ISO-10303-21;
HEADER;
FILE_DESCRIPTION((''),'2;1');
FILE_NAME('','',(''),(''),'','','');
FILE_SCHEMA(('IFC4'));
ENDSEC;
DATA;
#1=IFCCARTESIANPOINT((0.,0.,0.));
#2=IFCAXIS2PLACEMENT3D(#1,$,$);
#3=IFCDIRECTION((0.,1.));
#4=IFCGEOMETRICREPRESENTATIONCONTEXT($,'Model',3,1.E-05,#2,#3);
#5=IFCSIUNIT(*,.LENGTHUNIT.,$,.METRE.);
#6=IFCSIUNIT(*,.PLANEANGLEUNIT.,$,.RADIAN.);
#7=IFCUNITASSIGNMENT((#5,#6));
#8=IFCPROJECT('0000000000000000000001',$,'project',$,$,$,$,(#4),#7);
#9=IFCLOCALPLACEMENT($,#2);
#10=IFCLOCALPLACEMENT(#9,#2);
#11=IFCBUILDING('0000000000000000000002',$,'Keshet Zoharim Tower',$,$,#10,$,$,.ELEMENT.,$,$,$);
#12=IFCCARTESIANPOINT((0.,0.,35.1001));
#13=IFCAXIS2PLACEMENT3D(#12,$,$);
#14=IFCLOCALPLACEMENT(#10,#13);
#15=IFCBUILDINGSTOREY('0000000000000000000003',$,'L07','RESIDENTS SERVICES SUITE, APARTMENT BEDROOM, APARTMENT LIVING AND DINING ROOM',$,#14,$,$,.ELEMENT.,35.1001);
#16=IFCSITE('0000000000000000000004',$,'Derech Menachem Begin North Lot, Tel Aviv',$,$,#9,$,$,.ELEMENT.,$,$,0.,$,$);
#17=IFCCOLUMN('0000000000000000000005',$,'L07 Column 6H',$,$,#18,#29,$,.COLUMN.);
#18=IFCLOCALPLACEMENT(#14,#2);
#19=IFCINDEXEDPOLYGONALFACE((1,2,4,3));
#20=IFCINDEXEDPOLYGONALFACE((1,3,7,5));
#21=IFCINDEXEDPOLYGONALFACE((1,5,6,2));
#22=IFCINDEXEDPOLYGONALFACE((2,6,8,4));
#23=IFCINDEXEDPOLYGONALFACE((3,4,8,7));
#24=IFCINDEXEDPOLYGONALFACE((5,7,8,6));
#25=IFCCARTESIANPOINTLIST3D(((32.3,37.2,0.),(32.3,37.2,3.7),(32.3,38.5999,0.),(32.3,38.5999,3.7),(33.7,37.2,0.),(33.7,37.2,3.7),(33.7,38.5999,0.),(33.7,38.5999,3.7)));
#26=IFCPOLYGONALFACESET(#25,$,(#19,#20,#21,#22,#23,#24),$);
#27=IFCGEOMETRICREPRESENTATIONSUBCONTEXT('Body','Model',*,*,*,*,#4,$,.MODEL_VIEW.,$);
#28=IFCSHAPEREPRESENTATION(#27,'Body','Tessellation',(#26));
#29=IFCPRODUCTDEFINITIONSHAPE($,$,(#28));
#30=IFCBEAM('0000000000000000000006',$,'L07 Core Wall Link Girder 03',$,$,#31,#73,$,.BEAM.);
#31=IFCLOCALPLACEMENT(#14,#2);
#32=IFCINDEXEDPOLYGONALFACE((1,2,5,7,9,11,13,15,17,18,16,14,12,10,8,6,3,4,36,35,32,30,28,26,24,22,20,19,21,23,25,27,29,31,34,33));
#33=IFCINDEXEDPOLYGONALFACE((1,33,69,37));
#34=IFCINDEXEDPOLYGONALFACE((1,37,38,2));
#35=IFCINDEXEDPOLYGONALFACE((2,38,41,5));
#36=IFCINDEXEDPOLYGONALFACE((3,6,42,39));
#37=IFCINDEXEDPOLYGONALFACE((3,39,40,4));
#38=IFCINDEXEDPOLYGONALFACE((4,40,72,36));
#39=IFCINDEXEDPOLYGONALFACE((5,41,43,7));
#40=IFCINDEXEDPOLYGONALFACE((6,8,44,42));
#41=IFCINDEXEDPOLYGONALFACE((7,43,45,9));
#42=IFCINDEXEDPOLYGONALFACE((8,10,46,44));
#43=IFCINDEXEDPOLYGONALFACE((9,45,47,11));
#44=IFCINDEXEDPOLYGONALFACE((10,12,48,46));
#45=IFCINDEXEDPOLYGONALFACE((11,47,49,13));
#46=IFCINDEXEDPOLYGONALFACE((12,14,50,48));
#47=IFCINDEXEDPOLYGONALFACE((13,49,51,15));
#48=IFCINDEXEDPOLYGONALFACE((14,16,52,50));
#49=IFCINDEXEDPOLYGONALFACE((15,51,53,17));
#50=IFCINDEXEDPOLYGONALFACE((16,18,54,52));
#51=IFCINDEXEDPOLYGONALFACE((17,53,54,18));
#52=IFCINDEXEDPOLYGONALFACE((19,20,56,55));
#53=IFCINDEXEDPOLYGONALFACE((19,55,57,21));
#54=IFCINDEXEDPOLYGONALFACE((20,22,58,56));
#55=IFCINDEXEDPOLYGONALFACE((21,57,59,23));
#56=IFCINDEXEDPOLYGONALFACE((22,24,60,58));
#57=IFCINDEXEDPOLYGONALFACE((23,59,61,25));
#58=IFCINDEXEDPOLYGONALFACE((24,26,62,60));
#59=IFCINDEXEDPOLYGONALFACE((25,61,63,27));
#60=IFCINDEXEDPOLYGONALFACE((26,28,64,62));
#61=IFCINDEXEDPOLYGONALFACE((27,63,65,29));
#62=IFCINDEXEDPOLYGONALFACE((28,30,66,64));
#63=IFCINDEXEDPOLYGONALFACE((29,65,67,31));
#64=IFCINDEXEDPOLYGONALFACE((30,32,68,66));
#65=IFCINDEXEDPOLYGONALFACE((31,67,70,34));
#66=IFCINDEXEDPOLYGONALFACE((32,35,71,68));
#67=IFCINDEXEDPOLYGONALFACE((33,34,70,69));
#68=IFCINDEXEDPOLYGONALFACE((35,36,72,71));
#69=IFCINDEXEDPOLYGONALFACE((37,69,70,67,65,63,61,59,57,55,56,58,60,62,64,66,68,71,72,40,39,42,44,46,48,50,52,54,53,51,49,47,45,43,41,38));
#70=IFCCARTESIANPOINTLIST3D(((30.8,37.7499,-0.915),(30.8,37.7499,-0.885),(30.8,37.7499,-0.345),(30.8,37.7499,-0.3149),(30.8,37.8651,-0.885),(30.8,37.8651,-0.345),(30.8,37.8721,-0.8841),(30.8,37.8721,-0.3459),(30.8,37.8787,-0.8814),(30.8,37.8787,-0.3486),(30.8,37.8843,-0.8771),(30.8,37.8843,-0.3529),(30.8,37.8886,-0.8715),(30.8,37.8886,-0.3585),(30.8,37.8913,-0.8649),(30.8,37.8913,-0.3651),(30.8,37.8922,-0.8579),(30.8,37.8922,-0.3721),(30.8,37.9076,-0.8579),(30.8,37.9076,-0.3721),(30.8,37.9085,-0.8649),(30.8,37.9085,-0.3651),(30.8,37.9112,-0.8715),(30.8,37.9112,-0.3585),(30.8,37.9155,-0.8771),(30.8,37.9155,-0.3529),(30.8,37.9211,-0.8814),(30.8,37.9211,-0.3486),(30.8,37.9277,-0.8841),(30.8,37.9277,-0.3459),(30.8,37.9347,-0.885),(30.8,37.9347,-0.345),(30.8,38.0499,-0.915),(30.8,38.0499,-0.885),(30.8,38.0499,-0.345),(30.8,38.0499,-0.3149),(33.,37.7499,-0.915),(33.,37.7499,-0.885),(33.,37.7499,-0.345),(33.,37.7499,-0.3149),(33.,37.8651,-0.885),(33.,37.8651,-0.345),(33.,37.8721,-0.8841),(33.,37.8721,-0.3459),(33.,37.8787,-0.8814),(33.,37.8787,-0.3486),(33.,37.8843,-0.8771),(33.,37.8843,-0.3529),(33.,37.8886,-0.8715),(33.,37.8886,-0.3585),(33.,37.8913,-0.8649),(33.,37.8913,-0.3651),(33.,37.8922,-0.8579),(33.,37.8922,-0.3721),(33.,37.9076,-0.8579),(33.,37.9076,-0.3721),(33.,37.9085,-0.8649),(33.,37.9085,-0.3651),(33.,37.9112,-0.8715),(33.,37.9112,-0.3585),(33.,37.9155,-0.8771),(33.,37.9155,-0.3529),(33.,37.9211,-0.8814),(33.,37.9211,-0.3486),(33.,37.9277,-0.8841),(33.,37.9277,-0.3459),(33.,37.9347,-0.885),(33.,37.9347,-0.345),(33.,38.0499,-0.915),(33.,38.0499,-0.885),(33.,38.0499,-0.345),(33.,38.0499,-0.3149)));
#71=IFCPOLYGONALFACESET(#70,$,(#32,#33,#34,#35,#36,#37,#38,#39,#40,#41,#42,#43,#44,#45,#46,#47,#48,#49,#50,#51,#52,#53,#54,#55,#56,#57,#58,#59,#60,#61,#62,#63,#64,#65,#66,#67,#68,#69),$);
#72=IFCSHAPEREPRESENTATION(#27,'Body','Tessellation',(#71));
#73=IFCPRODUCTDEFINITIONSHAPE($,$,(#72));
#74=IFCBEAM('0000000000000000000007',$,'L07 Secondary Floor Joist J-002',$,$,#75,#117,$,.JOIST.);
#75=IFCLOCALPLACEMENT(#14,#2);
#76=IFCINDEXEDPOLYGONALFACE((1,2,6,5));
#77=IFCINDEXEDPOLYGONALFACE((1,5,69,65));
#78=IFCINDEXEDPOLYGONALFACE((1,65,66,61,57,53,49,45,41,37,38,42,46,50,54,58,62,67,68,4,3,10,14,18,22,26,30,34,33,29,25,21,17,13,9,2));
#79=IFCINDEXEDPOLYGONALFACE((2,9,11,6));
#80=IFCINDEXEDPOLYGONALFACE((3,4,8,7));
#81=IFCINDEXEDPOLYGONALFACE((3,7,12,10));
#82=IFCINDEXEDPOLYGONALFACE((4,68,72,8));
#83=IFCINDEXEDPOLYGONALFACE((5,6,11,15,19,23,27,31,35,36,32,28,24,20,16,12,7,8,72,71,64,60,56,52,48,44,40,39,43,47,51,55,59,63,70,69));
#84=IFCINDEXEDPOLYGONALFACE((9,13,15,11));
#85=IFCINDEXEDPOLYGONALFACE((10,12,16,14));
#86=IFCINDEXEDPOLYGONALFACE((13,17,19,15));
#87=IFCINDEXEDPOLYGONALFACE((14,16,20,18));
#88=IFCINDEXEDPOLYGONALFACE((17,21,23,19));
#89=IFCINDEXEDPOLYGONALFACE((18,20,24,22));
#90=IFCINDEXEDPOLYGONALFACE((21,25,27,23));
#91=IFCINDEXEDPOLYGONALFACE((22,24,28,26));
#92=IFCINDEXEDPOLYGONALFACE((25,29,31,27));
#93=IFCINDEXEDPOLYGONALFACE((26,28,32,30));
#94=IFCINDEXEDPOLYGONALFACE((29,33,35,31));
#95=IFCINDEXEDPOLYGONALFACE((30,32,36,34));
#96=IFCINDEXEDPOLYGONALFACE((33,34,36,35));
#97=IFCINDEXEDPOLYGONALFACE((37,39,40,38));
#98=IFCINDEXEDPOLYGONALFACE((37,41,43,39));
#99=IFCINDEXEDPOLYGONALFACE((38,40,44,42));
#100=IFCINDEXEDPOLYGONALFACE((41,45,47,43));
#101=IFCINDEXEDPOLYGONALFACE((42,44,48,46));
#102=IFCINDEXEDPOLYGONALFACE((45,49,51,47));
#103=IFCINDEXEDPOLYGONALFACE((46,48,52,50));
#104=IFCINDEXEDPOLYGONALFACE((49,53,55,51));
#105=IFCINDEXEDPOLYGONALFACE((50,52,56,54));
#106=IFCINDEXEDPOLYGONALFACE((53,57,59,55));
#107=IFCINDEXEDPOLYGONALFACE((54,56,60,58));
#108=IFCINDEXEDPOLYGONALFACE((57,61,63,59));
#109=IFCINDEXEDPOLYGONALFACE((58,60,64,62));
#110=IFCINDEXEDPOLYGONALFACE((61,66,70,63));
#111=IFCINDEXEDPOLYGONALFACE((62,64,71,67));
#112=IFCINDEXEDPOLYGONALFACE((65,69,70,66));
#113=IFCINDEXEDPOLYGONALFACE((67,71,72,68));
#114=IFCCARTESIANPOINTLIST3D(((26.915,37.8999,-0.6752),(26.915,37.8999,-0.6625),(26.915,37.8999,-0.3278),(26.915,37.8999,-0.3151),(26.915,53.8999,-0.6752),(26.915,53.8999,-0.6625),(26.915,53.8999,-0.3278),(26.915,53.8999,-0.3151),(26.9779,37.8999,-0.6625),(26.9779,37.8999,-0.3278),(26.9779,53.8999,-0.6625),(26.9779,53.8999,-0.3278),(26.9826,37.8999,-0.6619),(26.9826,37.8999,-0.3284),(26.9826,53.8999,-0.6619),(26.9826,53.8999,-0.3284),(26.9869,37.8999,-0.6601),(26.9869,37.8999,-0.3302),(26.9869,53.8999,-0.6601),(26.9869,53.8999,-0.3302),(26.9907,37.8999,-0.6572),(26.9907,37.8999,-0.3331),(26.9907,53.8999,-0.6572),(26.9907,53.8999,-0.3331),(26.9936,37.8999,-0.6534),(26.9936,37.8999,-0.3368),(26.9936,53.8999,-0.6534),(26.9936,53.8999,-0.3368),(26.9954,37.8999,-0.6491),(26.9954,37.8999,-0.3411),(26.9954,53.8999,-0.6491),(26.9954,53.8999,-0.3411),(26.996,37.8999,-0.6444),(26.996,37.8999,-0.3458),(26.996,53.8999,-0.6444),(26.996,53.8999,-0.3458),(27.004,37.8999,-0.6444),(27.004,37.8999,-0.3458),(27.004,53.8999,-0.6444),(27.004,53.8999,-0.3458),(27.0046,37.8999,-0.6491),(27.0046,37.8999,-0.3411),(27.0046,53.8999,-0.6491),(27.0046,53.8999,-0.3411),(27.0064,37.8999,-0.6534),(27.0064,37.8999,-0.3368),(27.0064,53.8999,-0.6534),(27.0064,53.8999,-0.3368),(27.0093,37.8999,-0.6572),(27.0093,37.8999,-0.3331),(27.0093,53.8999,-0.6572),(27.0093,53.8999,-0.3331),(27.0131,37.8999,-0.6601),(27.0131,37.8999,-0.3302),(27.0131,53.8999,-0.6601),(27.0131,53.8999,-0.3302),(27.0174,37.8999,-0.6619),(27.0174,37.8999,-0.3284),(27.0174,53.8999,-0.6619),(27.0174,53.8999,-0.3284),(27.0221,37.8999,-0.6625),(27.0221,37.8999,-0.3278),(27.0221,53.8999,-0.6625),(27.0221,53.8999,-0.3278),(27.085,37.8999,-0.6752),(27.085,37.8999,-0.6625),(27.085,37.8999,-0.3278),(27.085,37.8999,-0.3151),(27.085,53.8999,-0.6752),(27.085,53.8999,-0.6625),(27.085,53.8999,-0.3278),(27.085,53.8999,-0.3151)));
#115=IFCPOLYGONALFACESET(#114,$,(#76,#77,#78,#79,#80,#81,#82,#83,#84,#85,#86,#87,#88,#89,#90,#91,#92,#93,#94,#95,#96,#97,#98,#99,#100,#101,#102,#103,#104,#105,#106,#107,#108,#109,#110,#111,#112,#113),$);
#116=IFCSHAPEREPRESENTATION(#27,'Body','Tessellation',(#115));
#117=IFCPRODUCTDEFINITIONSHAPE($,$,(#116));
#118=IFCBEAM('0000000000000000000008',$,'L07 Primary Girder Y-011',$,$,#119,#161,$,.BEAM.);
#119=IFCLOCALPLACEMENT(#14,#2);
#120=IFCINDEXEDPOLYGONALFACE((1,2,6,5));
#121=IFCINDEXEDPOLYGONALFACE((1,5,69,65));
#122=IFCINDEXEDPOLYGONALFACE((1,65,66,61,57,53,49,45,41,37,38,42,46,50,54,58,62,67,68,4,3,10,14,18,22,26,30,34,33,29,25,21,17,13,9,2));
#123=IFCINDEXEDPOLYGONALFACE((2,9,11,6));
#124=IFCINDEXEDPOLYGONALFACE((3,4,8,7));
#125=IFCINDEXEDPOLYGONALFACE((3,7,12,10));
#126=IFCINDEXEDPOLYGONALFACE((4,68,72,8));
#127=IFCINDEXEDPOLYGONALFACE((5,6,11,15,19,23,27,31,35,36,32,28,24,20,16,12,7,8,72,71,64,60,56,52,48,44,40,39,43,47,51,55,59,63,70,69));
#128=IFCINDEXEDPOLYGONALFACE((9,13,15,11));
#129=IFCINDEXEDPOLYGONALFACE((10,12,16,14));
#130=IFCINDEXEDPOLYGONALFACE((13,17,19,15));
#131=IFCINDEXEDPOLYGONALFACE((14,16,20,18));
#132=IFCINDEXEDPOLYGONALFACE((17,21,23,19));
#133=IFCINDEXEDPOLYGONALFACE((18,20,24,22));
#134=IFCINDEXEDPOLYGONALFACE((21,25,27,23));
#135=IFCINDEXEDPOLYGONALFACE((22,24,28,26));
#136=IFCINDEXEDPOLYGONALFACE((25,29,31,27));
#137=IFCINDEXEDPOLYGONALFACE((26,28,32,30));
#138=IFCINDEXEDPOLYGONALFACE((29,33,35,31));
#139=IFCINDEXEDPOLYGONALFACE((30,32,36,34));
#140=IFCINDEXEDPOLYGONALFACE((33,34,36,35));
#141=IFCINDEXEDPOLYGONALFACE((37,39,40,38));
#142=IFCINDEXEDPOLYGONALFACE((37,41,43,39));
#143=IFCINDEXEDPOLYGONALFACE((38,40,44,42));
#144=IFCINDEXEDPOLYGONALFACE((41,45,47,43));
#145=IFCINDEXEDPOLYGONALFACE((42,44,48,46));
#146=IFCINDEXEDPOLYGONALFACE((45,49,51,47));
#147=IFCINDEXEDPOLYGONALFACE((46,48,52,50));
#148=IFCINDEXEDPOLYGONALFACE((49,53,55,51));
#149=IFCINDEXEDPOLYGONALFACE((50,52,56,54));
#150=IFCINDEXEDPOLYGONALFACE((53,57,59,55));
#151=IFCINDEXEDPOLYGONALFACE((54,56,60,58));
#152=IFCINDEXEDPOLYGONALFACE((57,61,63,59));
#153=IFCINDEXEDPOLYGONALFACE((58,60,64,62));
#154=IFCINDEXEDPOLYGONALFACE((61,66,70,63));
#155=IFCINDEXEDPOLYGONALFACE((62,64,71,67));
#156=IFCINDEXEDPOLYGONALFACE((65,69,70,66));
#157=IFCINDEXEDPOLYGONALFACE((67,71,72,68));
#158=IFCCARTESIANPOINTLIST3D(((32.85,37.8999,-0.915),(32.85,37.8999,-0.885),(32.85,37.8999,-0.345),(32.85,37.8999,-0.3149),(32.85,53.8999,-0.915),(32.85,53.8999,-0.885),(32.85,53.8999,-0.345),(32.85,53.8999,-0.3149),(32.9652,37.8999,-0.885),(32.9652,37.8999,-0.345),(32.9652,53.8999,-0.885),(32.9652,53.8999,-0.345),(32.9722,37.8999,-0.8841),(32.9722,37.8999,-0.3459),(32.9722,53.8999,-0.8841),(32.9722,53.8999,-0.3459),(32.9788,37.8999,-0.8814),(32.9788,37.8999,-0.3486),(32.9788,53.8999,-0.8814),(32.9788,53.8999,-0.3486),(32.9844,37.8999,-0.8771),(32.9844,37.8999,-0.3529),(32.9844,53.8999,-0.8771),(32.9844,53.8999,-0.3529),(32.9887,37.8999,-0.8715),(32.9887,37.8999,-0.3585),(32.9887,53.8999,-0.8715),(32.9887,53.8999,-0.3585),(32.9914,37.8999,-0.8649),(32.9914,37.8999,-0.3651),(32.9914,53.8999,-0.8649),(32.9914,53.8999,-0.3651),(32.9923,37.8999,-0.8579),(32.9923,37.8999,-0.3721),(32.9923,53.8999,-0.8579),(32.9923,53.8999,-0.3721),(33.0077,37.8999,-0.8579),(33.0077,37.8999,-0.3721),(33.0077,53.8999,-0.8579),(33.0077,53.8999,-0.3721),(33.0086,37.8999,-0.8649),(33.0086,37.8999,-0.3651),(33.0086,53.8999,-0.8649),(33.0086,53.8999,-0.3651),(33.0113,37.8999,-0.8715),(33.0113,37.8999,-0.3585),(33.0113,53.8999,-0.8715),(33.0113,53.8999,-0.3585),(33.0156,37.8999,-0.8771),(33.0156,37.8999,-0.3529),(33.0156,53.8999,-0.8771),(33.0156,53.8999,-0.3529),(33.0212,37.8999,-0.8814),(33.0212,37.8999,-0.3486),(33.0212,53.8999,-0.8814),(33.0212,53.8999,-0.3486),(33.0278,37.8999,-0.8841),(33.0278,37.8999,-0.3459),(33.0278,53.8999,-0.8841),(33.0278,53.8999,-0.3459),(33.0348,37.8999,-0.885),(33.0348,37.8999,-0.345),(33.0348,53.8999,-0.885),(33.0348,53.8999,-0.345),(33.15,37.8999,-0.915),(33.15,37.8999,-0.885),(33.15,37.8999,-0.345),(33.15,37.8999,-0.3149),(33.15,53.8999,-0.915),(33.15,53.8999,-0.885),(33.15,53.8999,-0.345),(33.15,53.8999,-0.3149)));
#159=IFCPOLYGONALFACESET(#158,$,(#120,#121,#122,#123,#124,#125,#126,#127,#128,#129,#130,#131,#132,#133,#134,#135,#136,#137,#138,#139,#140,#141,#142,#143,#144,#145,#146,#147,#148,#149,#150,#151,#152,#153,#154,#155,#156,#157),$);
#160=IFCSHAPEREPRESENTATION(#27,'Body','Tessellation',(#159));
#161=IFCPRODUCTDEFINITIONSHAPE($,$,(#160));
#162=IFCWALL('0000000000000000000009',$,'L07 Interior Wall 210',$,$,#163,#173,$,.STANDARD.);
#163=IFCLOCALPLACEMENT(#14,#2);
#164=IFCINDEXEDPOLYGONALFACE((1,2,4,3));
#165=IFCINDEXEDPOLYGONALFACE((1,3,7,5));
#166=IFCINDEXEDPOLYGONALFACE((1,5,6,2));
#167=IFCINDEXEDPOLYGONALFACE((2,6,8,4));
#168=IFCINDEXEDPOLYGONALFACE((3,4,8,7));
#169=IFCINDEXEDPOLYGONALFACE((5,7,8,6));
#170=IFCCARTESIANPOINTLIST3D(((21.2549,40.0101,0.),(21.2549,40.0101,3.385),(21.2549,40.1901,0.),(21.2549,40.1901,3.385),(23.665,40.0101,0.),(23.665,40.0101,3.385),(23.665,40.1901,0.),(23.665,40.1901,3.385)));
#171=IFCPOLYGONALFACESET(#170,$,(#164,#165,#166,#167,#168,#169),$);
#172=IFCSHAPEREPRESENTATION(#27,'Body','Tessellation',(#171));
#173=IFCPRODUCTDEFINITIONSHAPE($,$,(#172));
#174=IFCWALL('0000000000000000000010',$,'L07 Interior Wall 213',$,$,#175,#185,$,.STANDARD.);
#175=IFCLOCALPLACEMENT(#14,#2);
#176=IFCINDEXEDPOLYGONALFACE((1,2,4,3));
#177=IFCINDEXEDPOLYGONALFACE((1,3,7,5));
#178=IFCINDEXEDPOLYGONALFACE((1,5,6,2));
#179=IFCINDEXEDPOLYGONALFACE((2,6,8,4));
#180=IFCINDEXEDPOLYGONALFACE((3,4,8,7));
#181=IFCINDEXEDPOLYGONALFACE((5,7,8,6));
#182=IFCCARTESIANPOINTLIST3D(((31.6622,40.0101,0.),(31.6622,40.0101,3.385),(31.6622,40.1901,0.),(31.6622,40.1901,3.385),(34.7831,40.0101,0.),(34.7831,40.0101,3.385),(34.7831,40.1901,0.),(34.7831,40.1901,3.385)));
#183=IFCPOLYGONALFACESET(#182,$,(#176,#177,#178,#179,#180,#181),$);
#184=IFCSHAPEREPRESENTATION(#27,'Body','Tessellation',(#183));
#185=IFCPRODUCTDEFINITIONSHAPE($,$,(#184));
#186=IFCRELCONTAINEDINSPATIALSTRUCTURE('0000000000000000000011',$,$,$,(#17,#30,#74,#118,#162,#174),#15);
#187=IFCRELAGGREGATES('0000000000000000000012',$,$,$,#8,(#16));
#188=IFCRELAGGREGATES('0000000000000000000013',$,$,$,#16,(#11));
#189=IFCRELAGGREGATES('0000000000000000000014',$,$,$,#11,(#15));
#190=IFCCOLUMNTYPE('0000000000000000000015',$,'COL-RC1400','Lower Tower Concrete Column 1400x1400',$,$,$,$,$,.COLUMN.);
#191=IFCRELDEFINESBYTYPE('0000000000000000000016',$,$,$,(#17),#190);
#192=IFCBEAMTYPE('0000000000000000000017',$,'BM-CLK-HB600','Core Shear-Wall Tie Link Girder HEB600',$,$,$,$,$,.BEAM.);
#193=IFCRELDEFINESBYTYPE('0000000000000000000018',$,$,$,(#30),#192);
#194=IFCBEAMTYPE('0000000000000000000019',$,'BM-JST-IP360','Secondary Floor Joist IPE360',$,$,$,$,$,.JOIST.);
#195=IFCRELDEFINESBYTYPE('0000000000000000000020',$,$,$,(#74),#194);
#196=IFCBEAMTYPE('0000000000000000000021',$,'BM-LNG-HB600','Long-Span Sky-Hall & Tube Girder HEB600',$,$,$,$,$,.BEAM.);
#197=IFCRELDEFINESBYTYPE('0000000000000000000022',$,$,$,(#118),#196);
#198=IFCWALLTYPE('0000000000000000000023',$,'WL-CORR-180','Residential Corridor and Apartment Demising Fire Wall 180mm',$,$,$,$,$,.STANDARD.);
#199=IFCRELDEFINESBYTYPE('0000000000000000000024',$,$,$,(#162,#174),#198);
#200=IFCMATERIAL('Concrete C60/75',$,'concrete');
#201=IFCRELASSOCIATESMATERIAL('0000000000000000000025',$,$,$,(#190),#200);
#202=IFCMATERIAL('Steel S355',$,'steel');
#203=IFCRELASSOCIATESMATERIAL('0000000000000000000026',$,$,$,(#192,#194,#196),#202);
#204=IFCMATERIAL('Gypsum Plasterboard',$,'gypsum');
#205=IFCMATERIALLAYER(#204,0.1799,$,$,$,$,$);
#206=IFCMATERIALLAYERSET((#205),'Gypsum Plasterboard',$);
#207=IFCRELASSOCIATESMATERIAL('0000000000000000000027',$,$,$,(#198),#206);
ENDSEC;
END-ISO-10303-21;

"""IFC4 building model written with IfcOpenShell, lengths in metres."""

from ifc_helpers import new_model, si_unit, direction, frame, frame_2d, origin, origin_2d, place, context, subcontext, project, spatial, rectangle, i_section, extrude, material, layer, layer_set, material_profile, profile_set, type_object, element, save


model = new_model("IFC4")

# Units and contexts
model_context = context("Model", 3, precision=1e-05, world=origin(), true_north=direction((0.0, 1.0)))
body_context = subcontext(model_context, "Body", "Model", "MODEL_VIEW")
ifc_project = project(units=[si_unit("LENGTHUNIT", "METRE"), si_unit("PLANEANGLEUNIT", "RADIAN")], contexts=[model_context])

# Site, building, storey
site_placement = place(None, origin())
site = spatial("IfcSite", under=ifc_project, at=site_placement, Name="Derech Menachem Begin North Lot, Tel Aviv", CompositionType="ELEMENT", RefElevation=0.0)
building_placement = place(site_placement, origin())
building = spatial("IfcBuilding", under=site, at=building_placement, Name="Keshet Zoharim Tower", CompositionType="ELEMENT")
storey_placement = place(building_placement, frame((0.0, 0.0, 35.1001)))
storey = spatial("IfcBuildingStorey", under=building, at=storey_placement, Name="L07", Description="RESIDENTS SERVICES SUITE, APARTMENT BEDROOM, APARTMENT LIVING AND DINING ROOM", CompositionType="ELEMENT", Elevation=35.1001)

# Column
ifc_material_1 = material(Name="Concrete C60/75", Category="concrete")
ifc_material_profile_1 = material_profile(ifc_material_1, rectangle(XDim=1.3999, YDim=1.3999, at=origin_2d()), Name="RC1400x1400")
ifc_profile_set_1 = profile_set([ifc_material_profile_1], Name="Concrete C60/75")
column_type = type_object("IfcColumnType", Name="COL-RC1400", Description="Lower Tower Concrete Column 1400x1400", PredefinedType="COLUMN", material=ifc_profile_set_1)
column_placement = place(storey_placement, frame((33.0, 37.8999, 0.0), z_axis=(0.0, 0.0, 1.0), x_axis=(1.0, 0.0, 0.0)))
element("IfcColumn", 1, at=column_placement, inside=storey, type_object=column_type, Name="L07 Column 6H", PredefinedType="COLUMN", context=body_context, shape_type="SweptSolid", body=[
    extrude(rectangle(XDim=1.3999, YDim=1.3999, at=origin_2d()), origin(), (0.0, 0.0, 1.0), 3.7),
])

# Beams
ifc_material_2 = material(Name="Steel S355", Category="steel")
ifc_material_profile_2 = material_profile(ifc_material_2, i_section(OverallWidth=0.3, OverallDepth=0.6001, WebThickness=0.0154, FlangeThickness=0.03, FilletRadius=0.0271, at=origin_2d()), Name="HEB600")
ifc_profile_set_2 = profile_set([ifc_material_profile_2], Name="Steel S355")
beam_type_1 = type_object("IfcBeamType", Name="BM-CLK-HB600", Description="Core Shear-Wall Tie Link Girder HEB600", PredefinedType="BEAM", material=ifc_profile_set_2)
beam_1_placement = place(storey_placement, frame((30.8, 37.8999, -0.615), z_axis=(1.0, 0.0, 0.0), x_axis=(0.0, 1.0, 0.0)))
element("IfcBeam", 2, at=beam_1_placement, inside=storey, type_object=beam_type_1, Name="L07 Core Wall Link Girder 03", PredefinedType="BEAM", context=body_context, shape_type="SweptSolid", body=[
    extrude(i_section(OverallWidth=0.3, OverallDepth=0.6001, WebThickness=0.0154, FlangeThickness=0.03, FilletRadius=0.0271, at=origin_2d()), origin(), (0.0, 0.0, 1.0), 2.2),
])
ifc_material_profile_3 = material_profile(ifc_material_2, i_section(OverallWidth=0.1699, OverallDepth=0.3601, WebThickness=0.0081, FlangeThickness=0.0127, FilletRadius=0.0181, at=origin_2d()), Name="IPE360")
ifc_profile_set_3 = profile_set([ifc_material_profile_3], Name="Steel S355")
beam_type_2 = type_object("IfcBeamType", Name="BM-JST-IP360", Description="Secondary Floor Joist IPE360", PredefinedType="JOIST", material=ifc_profile_set_3)
beam_2_placement = place(storey_placement, frame((27.0, 37.8999, -0.4951), z_axis=(0.0, 1.0, 0.0), x_axis=(-1.0, 0.0, 0.0)))
element("IfcBeam", 3, at=beam_2_placement, inside=storey, type_object=beam_type_2, Name="L07 Secondary Floor Joist J-002", PredefinedType="JOIST", context=body_context, shape_type="SweptSolid", body=[
    extrude(i_section(OverallWidth=0.1699, OverallDepth=0.3601, WebThickness=0.0081, FlangeThickness=0.0127, FilletRadius=0.0181, at=origin_2d()), origin(), (0.0, 0.0, 1.0), 16.0),
])
ifc_material_profile_4 = material_profile(ifc_material_2, i_section(OverallWidth=0.3, OverallDepth=0.6001, WebThickness=0.0154, FlangeThickness=0.03, FilletRadius=0.0271, at=origin_2d()), Name="HEB600")
ifc_profile_set_4 = profile_set([ifc_material_profile_4], Name="Steel S355")
beam_type_3 = type_object("IfcBeamType", Name="BM-LNG-HB600", Description="Long-Span Sky-Hall & Tube Girder HEB600", PredefinedType="BEAM", material=ifc_profile_set_4)
beam_3_placement = place(storey_placement, frame((33.0, 37.8999, -0.615), z_axis=(0.0, 1.0, 0.0), x_axis=(-1.0, 0.0, 0.0)))
element("IfcBeam", 4, at=beam_3_placement, inside=storey, type_object=beam_type_3, Name="L07 Primary Girder Y-011", PredefinedType="BEAM", context=body_context, shape_type="SweptSolid", body=[
    extrude(i_section(OverallWidth=0.3, OverallDepth=0.6001, WebThickness=0.0154, FlangeThickness=0.03, FilletRadius=0.0271, at=origin_2d()), origin(), (0.0, 0.0, 1.0), 16.0),
])

# Wall
ifc_material_3 = material(Name="Gypsum Plasterboard", Category="gypsum")
ifc_layer_1 = layer(ifc_material_3, 0.1799)
ifc_layer_set_1 = layer_set([ifc_layer_1], Name="Gypsum Plasterboard")
wall_type_1 = type_object("IfcWallType", Name="WL-CORR-180", Description="Residential Corridor and Apartment Demising Fire Wall 180mm", PredefinedType="STANDARD", material=ifc_layer_set_1)
wall_1_placement = place(storey_placement, frame((21.2549, 40.1001, 0.0), z_axis=(0.0, 0.0, 1.0), x_axis=(1.0, 0.0, 0.0)))
element("IfcWall", 5, at=wall_1_placement, inside=storey, type_object=wall_type_1, Name="L07 Interior Wall 210", PredefinedType="STANDARD", context=body_context, shape_type="SweptSolid", body=[
    extrude(rectangle(XDim=2.4102, YDim=0.1799, at=frame_2d((1.2051, 0.0))), origin(), (0.0, 0.0, 1.0), 3.385),
])

# Wall
wall_2_placement = place(storey_placement, frame((31.6621, 40.1001, 0.0), z_axis=(0.0, 0.0, 1.0), x_axis=(1.0, 0.0, 0.0)))
element("IfcWall", 6, at=wall_2_placement, inside=storey, type_object=wall_type_1, Name="L07 Interior Wall 213", PredefinedType="STANDARD", context=body_context, shape_type="SweptSolid", body=[
    extrude(rectangle(XDim=3.1208, YDim=0.1799, at=frame_2d((1.5605, 0.0))), origin(), (0.0, 0.0, 1.0), 3.385),
])

save(model, "model.ifc")
